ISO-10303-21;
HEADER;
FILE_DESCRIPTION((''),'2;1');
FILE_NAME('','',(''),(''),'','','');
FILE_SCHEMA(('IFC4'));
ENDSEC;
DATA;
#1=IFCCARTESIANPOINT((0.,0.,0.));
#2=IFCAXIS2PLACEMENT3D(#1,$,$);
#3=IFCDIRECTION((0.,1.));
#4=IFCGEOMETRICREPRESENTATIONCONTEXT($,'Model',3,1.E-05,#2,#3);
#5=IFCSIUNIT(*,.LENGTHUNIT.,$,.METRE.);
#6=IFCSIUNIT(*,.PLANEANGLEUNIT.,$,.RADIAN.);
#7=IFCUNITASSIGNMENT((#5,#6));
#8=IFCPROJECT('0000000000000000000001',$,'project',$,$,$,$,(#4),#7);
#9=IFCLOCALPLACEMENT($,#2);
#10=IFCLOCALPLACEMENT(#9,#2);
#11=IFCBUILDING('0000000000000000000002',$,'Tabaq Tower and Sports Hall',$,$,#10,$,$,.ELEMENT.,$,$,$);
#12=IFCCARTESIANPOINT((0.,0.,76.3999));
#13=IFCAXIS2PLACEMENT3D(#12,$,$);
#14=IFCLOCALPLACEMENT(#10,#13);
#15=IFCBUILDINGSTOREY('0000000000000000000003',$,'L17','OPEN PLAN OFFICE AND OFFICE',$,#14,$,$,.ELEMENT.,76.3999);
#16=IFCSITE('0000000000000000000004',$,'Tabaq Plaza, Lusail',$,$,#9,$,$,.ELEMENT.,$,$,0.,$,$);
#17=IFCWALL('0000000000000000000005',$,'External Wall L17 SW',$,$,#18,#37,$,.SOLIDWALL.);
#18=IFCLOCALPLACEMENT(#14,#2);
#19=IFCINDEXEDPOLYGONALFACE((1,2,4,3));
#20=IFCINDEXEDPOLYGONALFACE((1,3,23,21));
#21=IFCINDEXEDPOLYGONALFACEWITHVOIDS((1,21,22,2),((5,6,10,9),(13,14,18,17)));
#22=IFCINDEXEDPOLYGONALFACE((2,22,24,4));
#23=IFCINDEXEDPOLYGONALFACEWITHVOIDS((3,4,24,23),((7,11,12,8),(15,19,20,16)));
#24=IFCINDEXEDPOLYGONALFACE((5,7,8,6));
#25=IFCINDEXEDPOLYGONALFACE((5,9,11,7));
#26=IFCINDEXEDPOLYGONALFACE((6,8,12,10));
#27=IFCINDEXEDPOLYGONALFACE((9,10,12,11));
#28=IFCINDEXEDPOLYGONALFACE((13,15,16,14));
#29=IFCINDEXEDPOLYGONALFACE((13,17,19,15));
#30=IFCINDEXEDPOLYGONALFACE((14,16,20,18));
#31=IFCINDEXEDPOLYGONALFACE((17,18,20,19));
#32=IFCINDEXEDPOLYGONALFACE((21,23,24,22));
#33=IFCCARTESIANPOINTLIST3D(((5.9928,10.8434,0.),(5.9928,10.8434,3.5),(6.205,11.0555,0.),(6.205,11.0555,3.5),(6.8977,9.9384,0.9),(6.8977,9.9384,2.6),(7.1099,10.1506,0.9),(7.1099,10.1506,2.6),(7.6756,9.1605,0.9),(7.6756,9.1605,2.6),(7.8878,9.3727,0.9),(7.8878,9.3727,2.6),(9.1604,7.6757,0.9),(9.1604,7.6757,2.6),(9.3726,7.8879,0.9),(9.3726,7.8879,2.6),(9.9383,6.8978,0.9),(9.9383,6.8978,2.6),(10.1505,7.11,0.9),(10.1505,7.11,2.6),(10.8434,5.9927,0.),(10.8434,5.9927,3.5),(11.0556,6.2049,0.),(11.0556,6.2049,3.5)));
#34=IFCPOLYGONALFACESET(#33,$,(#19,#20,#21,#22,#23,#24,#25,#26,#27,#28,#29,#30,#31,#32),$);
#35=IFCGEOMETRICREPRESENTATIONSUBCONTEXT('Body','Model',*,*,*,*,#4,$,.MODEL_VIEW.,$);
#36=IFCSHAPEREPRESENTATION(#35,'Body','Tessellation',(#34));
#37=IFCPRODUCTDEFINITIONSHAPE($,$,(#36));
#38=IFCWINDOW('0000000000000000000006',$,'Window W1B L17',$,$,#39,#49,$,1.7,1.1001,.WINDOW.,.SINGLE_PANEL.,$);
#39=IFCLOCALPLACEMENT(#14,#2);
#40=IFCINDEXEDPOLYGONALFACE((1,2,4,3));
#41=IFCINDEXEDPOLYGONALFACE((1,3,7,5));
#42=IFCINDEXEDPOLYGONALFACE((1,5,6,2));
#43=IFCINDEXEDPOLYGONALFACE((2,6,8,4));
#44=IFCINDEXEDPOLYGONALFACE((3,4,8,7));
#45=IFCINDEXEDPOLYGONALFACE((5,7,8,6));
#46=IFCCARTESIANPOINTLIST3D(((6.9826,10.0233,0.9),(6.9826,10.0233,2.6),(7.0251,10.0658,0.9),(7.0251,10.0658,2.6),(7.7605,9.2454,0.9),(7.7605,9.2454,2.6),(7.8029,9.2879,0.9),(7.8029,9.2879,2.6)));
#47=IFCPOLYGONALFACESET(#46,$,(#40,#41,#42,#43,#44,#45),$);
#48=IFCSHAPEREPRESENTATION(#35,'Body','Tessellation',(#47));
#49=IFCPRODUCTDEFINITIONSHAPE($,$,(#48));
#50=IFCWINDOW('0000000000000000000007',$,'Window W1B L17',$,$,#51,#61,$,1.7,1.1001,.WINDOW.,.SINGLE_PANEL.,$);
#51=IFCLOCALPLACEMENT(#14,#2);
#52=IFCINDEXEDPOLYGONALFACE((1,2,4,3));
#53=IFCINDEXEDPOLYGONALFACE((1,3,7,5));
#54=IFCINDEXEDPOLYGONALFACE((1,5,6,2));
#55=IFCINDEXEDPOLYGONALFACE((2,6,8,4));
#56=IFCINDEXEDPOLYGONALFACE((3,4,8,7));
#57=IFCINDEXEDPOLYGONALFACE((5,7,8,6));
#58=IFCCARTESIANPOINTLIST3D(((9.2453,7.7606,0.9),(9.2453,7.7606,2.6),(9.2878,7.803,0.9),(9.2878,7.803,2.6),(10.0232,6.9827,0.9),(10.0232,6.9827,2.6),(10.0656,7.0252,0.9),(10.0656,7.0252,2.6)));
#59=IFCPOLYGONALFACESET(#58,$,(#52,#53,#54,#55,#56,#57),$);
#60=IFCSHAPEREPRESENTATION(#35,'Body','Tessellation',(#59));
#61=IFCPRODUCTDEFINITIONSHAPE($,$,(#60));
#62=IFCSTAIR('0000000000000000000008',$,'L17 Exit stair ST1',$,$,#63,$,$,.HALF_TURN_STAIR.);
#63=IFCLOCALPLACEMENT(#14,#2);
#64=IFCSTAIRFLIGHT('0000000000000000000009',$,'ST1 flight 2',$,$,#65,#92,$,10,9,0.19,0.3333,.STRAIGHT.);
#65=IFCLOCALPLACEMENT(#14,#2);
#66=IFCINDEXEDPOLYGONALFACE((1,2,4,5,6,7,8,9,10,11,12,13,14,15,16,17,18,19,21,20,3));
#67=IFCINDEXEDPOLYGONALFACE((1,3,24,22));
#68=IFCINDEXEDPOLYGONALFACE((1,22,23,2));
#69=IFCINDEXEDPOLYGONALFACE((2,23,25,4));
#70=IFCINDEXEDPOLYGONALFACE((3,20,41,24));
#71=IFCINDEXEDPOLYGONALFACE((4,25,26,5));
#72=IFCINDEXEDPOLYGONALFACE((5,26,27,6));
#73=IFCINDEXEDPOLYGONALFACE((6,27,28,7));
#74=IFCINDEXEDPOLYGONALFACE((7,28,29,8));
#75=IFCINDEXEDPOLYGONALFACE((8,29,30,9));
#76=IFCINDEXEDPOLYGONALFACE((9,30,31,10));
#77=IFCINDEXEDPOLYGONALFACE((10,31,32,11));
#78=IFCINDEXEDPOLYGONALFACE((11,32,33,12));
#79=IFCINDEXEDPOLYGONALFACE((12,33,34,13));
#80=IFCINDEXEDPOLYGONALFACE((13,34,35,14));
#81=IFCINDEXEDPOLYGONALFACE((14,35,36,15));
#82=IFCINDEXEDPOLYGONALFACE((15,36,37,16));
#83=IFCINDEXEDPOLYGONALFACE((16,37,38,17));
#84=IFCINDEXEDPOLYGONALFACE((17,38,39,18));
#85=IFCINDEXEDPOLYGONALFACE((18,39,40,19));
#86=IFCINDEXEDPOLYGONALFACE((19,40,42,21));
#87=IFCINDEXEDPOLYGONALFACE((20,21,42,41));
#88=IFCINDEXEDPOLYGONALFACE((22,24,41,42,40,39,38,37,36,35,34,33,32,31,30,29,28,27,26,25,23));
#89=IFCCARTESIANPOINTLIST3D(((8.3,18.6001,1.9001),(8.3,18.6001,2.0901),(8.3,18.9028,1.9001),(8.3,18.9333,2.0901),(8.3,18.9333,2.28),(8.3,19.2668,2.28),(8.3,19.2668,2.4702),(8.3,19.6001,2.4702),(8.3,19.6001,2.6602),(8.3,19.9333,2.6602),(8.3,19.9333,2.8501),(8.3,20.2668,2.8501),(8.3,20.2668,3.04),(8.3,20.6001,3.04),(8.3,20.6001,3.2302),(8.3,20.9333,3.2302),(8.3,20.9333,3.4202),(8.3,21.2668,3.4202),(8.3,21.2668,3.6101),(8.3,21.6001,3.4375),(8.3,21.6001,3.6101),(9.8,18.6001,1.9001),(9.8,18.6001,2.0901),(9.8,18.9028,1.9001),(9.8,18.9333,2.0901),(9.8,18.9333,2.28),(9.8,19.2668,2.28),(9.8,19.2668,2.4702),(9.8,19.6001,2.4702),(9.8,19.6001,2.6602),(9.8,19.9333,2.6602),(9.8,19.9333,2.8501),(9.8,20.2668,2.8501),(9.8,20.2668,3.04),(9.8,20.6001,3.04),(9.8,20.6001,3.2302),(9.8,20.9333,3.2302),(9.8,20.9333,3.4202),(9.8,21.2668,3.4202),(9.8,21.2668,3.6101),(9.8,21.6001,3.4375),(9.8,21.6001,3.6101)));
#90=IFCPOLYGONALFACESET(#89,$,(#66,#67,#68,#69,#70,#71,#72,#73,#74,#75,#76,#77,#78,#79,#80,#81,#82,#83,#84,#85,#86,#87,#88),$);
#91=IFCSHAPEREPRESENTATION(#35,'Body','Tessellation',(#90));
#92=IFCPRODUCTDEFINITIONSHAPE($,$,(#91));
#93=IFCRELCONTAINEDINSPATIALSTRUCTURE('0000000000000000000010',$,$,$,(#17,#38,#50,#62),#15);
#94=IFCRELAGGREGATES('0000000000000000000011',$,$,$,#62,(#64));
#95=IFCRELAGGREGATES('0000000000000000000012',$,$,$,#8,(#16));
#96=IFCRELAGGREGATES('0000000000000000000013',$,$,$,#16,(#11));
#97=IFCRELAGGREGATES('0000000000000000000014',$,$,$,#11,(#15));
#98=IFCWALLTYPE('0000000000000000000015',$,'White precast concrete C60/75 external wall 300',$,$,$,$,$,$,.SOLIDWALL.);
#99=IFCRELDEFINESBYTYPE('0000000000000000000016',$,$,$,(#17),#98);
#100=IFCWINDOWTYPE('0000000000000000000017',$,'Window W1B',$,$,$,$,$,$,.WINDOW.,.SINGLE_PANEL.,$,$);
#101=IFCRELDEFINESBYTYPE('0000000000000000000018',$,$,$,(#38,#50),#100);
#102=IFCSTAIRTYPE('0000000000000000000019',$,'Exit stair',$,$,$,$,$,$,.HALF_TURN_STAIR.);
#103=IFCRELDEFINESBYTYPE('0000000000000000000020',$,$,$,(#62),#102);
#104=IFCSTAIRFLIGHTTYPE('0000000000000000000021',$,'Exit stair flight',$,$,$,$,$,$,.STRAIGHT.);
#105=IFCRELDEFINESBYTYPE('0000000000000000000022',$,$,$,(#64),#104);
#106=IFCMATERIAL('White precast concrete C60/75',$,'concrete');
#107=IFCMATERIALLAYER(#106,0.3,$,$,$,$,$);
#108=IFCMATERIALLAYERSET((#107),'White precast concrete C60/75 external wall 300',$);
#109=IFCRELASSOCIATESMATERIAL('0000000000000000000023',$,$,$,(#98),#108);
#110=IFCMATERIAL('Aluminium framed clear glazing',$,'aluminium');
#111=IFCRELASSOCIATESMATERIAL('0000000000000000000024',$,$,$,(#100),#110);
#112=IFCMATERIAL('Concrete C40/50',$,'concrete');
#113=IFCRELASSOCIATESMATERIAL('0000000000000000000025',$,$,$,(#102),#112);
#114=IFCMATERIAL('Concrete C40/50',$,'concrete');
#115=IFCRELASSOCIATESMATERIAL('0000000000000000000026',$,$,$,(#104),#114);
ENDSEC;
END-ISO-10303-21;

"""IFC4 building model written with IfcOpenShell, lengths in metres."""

from ifc_helpers import new_model, si_unit, direction, frame, frame_2d, origin, place, context, subcontext, project, spatial, polyline, rectangle, outline, extrude, material, layer, layer_set, type_object, element, fill, aggregate, save


model = new_model("IFC4")

# Units and contexts
model_context = context("Model", 3, precision=1e-05, world=origin(), true_north=direction((0.0, 1.0)))
body_context = subcontext(model_context, "Body", "Model", "MODEL_VIEW")
ifc_project = project(units=[si_unit("LENGTHUNIT", "METRE"), si_unit("PLANEANGLEUNIT", "RADIAN")], contexts=[model_context])

# Site, building, storey
site_placement = place(None, origin())
site = spatial("IfcSite", under=ifc_project, at=site_placement, Name="Tabaq Plaza, Lusail", CompositionType="ELEMENT", RefElevation=0.0)
building_placement = place(site_placement, origin())
building = spatial("IfcBuilding", under=site, at=building_placement, Name="Tabaq Tower and Sports Hall", CompositionType="ELEMENT")
storey_placement = place(building_placement, frame((0.0, 0.0, 76.3999)))
storey = spatial("IfcBuildingStorey", under=building, at=storey_placement, Name="L17", Description="OPEN PLAN OFFICE AND OFFICE", CompositionType="ELEMENT", Elevation=76.3999)

# Wall, openings, windows
ifc_material_1 = material(Name="White precast concrete C60/75", Category="concrete")
ifc_layer_1 = layer(ifc_material_1, 0.3)
ifc_layer_set_1 = layer_set([ifc_layer_1], Name="White precast concrete C60/75 external wall 300")
wall_type_1 = type_object("IfcWallType", Name="White precast concrete C60/75 external wall 300", PredefinedType="SOLIDWALL", material=ifc_layer_set_1)
ifc_material_2 = material(Name="Aluminium framed clear glazing", Category="aluminium")
window_type = type_object("IfcWindowType", Name="Window W1B", PartitioningType="SINGLE_PANEL", PredefinedType="WINDOW", material=ifc_material_2)
wall_1_placement = place(storey_placement, frame((6.0989, 10.9495, 0.0), z_axis=(0.0, 0.0, 1.0), x_axis=(0.707107, -0.707107, 0.0)))
wall_1 = element("IfcWall", 1, at=wall_1_placement, inside=storey, type_object=wall_type_1, Name="External Wall L17 SW", PredefinedType="SOLIDWALL", context=body_context, shape_type="SweptSolid", body=[
    extrude(rectangle(XDim=6.8599, YDim=0.3, at=frame_2d((3.4299, 0.0))), origin(), (0.0, 0.0, 1.0), 3.5),
])
opening_1_placement = place(wall_1_placement, frame((1.2798, 0.0, 0.8999)))
opening_1 = element("IfcOpeningElement", 2, at=opening_1_placement, cuts=wall_1, PredefinedType="OPENING", context=body_context, shape_type="SweptSolid", body=[
    extrude(rectangle(XDim=1.1001, YDim=1.7, at=frame_2d((0.55, 0.8501))), frame((0.0, 0.1602, 0.0), z_axis=(0.0, -1.0, 0.0), x_axis=(1.0, 0.0, 0.0)), (0.0, 0.0, 1.0), 0.3201),
])
opening_2_placement = place(wall_1_placement, frame((4.4797, 0.0, 0.8999)))
opening_2 = element("IfcOpeningElement", 3, at=opening_2_placement, cuts=wall_1, PredefinedType="OPENING", context=body_context, shape_type="SweptSolid", body=[
    extrude(rectangle(XDim=1.1001, YDim=1.7, at=frame_2d((0.55, 0.8501))), frame((0.0, 0.1602, 0.0), z_axis=(0.0, -1.0, 0.0), x_axis=(1.0, 0.0, 0.0)), (0.0, 0.0, 1.0), 0.3201),
])
window_1_placement = place(opening_1_placement, origin())
window_1 = element("IfcWindow", 4, at=window_1_placement, inside=storey, type_object=window_type, Name="Window W1B L17", OverallHeight=1.7, OverallWidth=1.1001, PartitioningType="SINGLE_PANEL", PredefinedType="WINDOW", context=body_context, shape_type="SweptSolid", body=[
    extrude(rectangle(XDim=1.1001, YDim=1.7, at=frame_2d((0.55, 0.8501))), frame((0.0, 0.03, 0.0), z_axis=(0.0, -1.0, 0.0), x_axis=(1.0, 0.0, 0.0)), (0.0, 0.0, 1.0), 0.0601),
])
fill(opening_1, window_1)
window_2_placement = place(opening_2_placement, origin())
window_2 = element("IfcWindow", 5, at=window_2_placement, inside=storey, type_object=window_type, Name="Window W1B L17", OverallHeight=1.7, OverallWidth=1.1001, PartitioningType="SINGLE_PANEL", PredefinedType="WINDOW", context=body_context, shape_type="SweptSolid", body=[
    extrude(rectangle(XDim=1.1001, YDim=1.7, at=frame_2d((0.55, 0.8501))), frame((0.0, 0.03, 0.0), z_axis=(0.0, -1.0, 0.0), x_axis=(1.0, 0.0, 0.0)), (0.0, 0.0, 1.0), 0.0601),
])
fill(opening_2, window_2)

# Stair, stair flight
ifc_material_3 = material(Name="Concrete C40/50", Category="concrete")
stair_type = type_object("IfcStairType", Name="Exit stair", PredefinedType="HALF_TURN_STAIR", material=ifc_material_3)
stair_placement = place(storey_placement, origin())
stair = element("IfcStair", 6, at=stair_placement, inside=storey, type_object=stair_type, Name="L17 Exit stair ST1", PredefinedType="HALF_TURN_STAIR")
ifc_material_4 = material(Name="Concrete C40/50", Category="concrete")
stair_flight_type = type_object("IfcStairFlightType", Name="Exit stair flight", PredefinedType="STRAIGHT", material=ifc_material_4)
stair_flight_placement = place(storey_placement, frame((9.05, 18.6001, 1.9001), z_axis=(0.0, 0.0, 1.0), x_axis=(0.0, 1.0, 0.0)))
stair_flight = element("IfcStairFlight", 7, at=stair_flight_placement, type_object=stair_flight_type, Name="ST1 flight 2", NumberOfRisers=10, NumberOfTreads=9, PredefinedType="STRAIGHT", RiserHeight=0.19, TreadLength=0.3333, context=body_context, shape_type="SweptSolid", body=[
    extrude(outline(polyline([(0.0, 0.0), (0.0, 0.1899), (0.3333, 0.1899), (0.3333, 0.3799), (0.6667, 0.3799), (0.6667, 0.5701), (1.0, 0.5701), (1.0, 0.76), (1.3333, 0.76), (1.3333, 0.95), (1.6667, 0.95), (1.6667, 1.1399), (2.0, 1.1399), (2.0, 1.3301), (2.3333, 1.3301), (2.3333, 1.52), (2.6667, 1.52), (2.6667, 1.71), (3.0, 1.71), (3.0, 1.8999), (3.0, 1.5374), (0.3027, 0.0), (0.0, 0.0)])), frame((0.0, 0.75, 0.0), z_axis=(0.0, -1.0, 0.0), x_axis=(1.0, 0.0, 0.0)), (0.0, 0.0, 1.0), 1.5),
])
aggregate(stair, [stair_flight])

save(model, "model.ifc")
